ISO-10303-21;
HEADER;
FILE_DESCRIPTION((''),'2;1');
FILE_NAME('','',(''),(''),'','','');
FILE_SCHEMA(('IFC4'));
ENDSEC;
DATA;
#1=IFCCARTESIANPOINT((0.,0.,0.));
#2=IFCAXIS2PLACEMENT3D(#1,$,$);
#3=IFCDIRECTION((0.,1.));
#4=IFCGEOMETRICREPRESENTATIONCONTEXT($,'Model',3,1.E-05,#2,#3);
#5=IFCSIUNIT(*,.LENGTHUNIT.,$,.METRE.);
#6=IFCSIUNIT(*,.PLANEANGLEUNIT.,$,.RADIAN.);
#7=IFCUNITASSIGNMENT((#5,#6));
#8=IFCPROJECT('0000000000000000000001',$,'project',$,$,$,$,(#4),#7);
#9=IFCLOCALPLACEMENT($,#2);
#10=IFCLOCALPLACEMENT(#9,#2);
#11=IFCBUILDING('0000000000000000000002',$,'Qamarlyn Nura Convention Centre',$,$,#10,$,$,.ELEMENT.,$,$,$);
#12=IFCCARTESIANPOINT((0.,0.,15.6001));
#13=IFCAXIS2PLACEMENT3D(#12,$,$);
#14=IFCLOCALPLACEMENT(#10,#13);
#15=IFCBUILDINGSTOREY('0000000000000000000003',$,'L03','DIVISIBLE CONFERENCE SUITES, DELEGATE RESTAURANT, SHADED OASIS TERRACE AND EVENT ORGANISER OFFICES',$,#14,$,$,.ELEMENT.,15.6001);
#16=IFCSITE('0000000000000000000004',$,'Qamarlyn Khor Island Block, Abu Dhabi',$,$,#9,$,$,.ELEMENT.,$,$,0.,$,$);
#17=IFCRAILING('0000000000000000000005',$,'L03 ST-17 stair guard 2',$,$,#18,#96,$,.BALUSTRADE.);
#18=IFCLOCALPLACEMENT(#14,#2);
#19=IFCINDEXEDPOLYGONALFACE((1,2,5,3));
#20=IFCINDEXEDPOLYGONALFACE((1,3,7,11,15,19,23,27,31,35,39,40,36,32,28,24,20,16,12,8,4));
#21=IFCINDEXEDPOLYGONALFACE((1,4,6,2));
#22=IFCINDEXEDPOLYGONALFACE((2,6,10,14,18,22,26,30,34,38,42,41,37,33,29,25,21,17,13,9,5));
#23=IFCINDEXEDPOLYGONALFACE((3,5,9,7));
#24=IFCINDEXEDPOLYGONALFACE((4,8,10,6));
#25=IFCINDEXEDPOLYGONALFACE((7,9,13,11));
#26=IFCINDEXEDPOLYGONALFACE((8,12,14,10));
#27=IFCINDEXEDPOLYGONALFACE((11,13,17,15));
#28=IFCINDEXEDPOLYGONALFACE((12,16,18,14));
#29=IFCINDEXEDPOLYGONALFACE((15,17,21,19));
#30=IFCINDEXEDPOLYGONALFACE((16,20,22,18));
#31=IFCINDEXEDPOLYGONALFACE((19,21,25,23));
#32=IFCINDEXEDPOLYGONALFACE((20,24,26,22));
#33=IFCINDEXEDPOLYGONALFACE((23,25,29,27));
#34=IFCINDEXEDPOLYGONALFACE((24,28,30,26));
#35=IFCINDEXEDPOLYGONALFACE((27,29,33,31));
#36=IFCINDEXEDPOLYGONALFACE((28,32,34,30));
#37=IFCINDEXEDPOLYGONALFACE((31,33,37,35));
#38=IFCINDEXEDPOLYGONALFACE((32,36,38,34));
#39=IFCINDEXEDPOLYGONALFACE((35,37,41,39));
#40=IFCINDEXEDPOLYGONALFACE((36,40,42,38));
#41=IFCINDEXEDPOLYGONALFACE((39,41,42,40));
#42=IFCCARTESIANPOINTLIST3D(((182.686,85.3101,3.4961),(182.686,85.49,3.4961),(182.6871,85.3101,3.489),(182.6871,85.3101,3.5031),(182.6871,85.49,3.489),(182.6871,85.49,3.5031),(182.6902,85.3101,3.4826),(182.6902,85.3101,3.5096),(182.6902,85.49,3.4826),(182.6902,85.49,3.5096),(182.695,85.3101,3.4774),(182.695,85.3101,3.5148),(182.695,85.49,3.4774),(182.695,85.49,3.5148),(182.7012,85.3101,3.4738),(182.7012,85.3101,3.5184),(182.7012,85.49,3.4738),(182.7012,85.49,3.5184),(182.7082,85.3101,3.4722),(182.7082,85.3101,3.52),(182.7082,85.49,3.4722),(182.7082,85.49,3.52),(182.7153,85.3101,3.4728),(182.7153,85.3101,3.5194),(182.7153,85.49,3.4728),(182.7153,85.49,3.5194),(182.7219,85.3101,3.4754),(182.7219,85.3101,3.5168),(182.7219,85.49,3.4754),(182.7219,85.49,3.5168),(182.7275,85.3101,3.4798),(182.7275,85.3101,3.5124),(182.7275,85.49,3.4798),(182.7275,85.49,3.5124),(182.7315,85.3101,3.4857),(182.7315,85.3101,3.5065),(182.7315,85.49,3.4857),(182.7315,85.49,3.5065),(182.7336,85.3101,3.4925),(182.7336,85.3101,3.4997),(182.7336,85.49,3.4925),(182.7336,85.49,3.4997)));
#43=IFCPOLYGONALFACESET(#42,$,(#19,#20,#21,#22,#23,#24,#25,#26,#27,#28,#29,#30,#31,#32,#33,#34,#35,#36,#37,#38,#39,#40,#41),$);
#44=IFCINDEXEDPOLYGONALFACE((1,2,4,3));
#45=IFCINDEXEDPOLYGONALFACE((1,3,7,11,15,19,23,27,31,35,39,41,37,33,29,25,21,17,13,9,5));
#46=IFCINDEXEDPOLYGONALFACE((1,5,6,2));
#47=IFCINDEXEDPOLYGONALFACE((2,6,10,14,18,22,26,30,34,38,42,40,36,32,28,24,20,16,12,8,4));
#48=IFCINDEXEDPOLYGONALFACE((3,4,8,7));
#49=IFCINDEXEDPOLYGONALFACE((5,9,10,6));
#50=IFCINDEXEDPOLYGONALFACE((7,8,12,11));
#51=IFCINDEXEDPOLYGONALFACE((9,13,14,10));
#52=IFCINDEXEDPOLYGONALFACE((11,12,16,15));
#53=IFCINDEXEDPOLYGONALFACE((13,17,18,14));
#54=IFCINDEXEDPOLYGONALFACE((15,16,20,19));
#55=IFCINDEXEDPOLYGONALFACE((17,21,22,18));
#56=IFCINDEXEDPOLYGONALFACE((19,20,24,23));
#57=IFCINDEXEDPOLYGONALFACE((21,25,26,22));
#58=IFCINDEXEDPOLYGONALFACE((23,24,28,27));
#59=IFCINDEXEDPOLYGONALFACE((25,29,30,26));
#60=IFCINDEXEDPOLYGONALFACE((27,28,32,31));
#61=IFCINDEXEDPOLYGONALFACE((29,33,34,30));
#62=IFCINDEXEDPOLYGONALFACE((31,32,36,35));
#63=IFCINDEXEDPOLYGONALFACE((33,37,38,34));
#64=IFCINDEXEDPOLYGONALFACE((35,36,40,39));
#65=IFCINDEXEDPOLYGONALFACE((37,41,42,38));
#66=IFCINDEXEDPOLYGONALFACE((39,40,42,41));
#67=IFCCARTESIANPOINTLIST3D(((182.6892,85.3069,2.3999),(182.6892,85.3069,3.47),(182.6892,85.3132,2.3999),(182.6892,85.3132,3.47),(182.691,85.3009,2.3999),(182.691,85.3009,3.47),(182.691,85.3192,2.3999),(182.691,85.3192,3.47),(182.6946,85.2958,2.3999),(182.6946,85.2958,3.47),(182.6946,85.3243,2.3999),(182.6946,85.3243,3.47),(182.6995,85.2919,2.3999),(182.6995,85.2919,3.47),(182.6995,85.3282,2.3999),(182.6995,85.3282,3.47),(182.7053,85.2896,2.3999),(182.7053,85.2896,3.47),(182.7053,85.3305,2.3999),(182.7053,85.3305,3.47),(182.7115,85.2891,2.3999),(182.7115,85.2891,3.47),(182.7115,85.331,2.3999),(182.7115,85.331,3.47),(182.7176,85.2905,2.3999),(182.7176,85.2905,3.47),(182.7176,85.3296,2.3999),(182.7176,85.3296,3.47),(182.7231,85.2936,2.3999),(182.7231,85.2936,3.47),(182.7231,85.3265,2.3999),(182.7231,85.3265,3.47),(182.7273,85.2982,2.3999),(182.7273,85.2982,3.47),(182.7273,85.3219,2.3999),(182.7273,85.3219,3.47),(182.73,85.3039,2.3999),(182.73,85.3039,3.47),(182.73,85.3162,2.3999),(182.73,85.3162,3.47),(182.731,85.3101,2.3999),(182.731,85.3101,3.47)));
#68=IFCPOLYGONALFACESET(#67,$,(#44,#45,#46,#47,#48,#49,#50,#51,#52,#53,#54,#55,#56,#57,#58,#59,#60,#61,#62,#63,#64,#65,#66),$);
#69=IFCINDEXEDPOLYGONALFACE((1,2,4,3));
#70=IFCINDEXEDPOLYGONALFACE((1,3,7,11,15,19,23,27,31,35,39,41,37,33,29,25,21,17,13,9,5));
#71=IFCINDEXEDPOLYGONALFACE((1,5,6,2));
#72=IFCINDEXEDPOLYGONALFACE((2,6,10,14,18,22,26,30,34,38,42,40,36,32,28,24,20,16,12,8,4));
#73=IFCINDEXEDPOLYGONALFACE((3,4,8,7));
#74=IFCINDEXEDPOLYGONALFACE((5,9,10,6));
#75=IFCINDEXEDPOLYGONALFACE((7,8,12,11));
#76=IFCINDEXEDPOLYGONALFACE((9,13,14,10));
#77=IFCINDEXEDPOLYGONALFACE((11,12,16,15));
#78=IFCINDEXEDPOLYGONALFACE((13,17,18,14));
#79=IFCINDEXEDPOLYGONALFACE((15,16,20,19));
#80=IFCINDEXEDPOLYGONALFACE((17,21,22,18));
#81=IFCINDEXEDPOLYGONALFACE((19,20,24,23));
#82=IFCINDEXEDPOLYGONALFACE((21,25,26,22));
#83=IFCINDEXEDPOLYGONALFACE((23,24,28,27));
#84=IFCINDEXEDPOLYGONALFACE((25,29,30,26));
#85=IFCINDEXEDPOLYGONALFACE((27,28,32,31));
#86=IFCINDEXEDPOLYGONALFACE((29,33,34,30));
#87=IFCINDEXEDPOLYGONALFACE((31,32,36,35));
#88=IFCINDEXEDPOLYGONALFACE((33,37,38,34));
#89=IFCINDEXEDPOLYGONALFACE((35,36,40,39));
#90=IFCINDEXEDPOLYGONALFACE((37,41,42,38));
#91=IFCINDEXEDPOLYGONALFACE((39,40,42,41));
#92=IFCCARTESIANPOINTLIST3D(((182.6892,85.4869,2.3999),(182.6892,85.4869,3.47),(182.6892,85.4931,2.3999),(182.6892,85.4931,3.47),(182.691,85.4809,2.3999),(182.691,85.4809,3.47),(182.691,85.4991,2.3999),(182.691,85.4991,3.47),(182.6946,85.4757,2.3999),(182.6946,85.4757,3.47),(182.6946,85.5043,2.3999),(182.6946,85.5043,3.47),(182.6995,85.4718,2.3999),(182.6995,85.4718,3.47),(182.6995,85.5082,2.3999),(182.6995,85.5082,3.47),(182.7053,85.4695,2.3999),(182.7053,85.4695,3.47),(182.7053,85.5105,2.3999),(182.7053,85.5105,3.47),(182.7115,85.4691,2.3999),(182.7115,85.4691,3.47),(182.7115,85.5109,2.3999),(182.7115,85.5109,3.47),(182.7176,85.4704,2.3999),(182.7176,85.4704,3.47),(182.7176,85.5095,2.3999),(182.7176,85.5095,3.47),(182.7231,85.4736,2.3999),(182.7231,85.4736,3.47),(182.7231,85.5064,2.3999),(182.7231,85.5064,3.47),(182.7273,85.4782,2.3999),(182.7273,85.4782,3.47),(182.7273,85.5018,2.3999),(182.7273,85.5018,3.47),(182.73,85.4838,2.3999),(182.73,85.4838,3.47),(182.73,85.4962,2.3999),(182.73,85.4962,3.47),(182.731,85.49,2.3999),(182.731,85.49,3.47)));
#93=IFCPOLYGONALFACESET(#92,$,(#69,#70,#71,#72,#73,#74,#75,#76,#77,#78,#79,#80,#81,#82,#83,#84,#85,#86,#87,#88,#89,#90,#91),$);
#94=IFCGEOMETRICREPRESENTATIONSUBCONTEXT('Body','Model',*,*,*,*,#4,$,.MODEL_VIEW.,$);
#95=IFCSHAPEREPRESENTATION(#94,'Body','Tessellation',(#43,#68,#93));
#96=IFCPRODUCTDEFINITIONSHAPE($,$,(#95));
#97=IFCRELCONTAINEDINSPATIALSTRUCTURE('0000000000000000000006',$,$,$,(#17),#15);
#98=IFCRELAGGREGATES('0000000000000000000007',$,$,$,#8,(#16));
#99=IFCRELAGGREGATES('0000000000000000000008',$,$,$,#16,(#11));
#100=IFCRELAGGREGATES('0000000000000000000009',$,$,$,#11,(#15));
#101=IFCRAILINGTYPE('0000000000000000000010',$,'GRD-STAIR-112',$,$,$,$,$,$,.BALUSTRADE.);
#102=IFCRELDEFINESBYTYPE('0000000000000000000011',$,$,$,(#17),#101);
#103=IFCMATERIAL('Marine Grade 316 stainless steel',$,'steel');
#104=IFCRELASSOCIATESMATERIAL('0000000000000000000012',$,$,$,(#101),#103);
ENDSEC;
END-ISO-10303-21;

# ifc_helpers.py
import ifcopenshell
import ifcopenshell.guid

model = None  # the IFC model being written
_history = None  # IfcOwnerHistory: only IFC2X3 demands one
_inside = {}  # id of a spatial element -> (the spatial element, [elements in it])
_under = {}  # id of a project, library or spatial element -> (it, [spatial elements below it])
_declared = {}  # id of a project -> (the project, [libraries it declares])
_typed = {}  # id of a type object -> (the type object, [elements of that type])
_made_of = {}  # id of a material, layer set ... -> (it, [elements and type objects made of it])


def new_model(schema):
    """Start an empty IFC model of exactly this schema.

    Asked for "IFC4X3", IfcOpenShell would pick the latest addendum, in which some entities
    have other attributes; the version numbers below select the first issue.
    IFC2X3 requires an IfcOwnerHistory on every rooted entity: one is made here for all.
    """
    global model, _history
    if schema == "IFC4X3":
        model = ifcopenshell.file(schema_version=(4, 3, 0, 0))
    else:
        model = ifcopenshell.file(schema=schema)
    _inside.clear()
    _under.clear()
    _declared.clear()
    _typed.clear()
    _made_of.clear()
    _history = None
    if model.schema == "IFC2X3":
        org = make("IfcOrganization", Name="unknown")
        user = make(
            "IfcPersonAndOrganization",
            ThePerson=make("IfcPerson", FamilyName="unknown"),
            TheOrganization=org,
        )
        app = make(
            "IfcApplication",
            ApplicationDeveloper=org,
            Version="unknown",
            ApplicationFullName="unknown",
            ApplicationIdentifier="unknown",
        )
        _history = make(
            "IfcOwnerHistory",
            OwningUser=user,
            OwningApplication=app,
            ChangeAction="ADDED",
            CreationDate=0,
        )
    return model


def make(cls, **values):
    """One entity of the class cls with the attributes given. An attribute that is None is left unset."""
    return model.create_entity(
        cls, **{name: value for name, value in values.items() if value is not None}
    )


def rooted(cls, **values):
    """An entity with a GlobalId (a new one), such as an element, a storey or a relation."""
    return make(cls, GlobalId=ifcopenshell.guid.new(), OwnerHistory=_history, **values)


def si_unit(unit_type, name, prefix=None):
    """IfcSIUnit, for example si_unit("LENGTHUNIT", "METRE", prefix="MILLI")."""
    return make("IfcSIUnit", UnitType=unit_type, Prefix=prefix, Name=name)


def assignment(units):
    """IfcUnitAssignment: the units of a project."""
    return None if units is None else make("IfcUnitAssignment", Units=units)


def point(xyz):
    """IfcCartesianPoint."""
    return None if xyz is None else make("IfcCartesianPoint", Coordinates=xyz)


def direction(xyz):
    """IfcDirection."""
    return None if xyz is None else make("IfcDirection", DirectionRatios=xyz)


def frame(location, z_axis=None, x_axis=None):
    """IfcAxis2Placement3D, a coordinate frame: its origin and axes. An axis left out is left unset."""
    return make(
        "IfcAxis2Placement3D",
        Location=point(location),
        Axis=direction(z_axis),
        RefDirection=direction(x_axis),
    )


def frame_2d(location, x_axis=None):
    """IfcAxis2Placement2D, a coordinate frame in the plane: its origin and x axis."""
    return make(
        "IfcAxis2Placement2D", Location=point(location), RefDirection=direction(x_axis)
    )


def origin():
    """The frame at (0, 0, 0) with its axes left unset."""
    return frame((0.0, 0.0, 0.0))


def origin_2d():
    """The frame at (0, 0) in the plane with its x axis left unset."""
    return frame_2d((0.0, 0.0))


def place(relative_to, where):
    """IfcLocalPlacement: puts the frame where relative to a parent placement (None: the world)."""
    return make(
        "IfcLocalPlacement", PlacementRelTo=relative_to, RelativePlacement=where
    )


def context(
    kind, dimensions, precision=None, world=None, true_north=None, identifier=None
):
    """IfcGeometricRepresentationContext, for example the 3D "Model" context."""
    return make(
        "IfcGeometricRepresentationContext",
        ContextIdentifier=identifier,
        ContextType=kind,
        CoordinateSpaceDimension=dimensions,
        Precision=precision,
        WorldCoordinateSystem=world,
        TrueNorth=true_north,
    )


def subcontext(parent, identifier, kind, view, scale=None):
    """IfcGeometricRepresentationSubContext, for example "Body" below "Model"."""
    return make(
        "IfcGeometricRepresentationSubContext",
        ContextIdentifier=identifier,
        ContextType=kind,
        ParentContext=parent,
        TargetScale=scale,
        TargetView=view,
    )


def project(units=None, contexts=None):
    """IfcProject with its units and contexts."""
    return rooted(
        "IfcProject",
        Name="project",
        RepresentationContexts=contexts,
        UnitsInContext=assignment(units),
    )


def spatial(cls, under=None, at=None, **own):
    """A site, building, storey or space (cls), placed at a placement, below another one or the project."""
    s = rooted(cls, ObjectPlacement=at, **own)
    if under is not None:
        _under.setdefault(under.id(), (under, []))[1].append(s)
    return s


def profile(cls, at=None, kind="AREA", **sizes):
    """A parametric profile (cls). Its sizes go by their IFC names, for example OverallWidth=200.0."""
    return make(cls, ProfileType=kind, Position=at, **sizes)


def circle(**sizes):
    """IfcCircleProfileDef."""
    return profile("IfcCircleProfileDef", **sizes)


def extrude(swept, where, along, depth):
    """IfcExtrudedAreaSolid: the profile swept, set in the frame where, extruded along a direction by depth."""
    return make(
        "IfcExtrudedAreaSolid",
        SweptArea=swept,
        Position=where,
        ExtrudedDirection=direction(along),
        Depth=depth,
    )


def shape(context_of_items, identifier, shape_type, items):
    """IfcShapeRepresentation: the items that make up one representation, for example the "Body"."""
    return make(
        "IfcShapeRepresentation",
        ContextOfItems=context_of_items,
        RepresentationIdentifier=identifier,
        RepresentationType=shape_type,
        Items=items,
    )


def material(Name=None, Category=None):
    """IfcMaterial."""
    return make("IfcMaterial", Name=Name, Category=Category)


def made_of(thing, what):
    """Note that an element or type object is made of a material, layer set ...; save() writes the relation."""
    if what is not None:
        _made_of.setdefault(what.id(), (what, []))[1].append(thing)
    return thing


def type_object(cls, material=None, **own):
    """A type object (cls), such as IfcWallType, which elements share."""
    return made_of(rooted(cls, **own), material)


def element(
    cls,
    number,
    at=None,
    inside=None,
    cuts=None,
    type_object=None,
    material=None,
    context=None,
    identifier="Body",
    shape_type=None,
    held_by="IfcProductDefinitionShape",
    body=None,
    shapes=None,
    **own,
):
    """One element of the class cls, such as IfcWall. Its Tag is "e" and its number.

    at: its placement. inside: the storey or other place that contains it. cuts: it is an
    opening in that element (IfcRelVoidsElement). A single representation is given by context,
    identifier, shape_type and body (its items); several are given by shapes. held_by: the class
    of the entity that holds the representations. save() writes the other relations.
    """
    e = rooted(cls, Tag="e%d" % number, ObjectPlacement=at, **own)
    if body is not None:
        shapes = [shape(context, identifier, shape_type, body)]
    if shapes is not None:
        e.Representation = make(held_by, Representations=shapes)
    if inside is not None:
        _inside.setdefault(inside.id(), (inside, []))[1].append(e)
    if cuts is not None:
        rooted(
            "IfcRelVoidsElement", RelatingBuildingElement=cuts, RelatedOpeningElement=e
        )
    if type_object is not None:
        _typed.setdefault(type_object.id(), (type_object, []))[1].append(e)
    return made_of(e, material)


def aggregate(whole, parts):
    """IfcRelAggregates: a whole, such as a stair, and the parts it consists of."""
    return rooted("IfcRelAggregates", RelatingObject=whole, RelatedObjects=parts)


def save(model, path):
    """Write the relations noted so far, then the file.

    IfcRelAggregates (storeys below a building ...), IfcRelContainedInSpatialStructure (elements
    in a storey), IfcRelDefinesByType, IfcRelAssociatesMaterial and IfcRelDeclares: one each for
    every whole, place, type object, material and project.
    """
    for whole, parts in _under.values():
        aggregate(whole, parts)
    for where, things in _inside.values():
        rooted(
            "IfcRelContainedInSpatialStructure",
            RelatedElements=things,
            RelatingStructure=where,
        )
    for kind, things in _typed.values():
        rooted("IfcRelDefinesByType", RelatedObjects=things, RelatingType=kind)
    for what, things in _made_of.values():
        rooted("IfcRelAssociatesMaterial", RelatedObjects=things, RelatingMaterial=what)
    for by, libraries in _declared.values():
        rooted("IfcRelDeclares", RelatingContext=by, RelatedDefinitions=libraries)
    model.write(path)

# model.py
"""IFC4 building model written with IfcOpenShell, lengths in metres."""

from ifc_helpers import new_model, si_unit, direction, frame, origin, origin_2d, place, context, subcontext, project, spatial, circle, extrude, material, type_object, element, save


model = new_model("IFC4")

# Units and contexts
model_context = context("Model", 3, precision=1e-05, world=origin(), true_north=direction((0.0, 1.0)))
body_context = subcontext(model_context, "Body", "Model", "MODEL_VIEW")
ifc_project = project(units=[si_unit("LENGTHUNIT", "METRE"), si_unit("PLANEANGLEUNIT", "RADIAN")], contexts=[model_context])

# Site, building, storey
site_placement = place(None, origin())
site = spatial("IfcSite", under=ifc_project, at=site_placement, Name="Qamarlyn Khor Island Block, Abu Dhabi", CompositionType="ELEMENT", RefElevation=0.0)
building_placement = place(site_placement, origin())
building = spatial("IfcBuilding", under=site, at=building_placement, Name="Qamarlyn Nura Convention Centre", CompositionType="ELEMENT")
storey_placement = place(building_placement, frame((0.0, 0.0, 15.6001)))
storey = spatial("IfcBuildingStorey", under=building, at=storey_placement, Name="L03", Description="DIVISIBLE CONFERENCE SUITES, DELEGATE RESTAURANT, SHADED OASIS TERRACE AND EVENT ORGANISER OFFICES", CompositionType="ELEMENT", Elevation=15.6001)

# Railing
ifc_material_1 = material(Name="Marine Grade 316 stainless steel", Category="steel")
railing_type_1 = type_object("IfcRailingType", Name="GRD-STAIR-112", PredefinedType="BALUSTRADE", material=ifc_material_1)
railing_1_placement = place(storey_placement, frame((182.71, 85.3101, 2.3999)))
element("IfcRailing", 1, at=railing_1_placement, inside=storey, type_object=railing_type_1, Name="L03 ST-17 stair guard 2", PredefinedType="BALUSTRADE", context=body_context, shape_type="SweptSolid", body=[
    extrude(circle(Radius=0.0239, at=origin_2d()), frame((0.0, 0.0, 1.0962), z_axis=(0.0, 1.0, 0.0), x_axis=(-1.0, 0.0, 0.0)), (0.0, 0.0, 1.0), 0.1799),
    extrude(circle(Radius=0.021, at=origin_2d()), origin(), (0.0, 0.0, 1.0), 1.0701),
    extrude(circle(Radius=0.021, at=origin_2d()), frame((0.0, 0.1799, 0.0)), (0.0, 0.0, 1.0), 1.0701),
])

save(model, "model.ifc")
